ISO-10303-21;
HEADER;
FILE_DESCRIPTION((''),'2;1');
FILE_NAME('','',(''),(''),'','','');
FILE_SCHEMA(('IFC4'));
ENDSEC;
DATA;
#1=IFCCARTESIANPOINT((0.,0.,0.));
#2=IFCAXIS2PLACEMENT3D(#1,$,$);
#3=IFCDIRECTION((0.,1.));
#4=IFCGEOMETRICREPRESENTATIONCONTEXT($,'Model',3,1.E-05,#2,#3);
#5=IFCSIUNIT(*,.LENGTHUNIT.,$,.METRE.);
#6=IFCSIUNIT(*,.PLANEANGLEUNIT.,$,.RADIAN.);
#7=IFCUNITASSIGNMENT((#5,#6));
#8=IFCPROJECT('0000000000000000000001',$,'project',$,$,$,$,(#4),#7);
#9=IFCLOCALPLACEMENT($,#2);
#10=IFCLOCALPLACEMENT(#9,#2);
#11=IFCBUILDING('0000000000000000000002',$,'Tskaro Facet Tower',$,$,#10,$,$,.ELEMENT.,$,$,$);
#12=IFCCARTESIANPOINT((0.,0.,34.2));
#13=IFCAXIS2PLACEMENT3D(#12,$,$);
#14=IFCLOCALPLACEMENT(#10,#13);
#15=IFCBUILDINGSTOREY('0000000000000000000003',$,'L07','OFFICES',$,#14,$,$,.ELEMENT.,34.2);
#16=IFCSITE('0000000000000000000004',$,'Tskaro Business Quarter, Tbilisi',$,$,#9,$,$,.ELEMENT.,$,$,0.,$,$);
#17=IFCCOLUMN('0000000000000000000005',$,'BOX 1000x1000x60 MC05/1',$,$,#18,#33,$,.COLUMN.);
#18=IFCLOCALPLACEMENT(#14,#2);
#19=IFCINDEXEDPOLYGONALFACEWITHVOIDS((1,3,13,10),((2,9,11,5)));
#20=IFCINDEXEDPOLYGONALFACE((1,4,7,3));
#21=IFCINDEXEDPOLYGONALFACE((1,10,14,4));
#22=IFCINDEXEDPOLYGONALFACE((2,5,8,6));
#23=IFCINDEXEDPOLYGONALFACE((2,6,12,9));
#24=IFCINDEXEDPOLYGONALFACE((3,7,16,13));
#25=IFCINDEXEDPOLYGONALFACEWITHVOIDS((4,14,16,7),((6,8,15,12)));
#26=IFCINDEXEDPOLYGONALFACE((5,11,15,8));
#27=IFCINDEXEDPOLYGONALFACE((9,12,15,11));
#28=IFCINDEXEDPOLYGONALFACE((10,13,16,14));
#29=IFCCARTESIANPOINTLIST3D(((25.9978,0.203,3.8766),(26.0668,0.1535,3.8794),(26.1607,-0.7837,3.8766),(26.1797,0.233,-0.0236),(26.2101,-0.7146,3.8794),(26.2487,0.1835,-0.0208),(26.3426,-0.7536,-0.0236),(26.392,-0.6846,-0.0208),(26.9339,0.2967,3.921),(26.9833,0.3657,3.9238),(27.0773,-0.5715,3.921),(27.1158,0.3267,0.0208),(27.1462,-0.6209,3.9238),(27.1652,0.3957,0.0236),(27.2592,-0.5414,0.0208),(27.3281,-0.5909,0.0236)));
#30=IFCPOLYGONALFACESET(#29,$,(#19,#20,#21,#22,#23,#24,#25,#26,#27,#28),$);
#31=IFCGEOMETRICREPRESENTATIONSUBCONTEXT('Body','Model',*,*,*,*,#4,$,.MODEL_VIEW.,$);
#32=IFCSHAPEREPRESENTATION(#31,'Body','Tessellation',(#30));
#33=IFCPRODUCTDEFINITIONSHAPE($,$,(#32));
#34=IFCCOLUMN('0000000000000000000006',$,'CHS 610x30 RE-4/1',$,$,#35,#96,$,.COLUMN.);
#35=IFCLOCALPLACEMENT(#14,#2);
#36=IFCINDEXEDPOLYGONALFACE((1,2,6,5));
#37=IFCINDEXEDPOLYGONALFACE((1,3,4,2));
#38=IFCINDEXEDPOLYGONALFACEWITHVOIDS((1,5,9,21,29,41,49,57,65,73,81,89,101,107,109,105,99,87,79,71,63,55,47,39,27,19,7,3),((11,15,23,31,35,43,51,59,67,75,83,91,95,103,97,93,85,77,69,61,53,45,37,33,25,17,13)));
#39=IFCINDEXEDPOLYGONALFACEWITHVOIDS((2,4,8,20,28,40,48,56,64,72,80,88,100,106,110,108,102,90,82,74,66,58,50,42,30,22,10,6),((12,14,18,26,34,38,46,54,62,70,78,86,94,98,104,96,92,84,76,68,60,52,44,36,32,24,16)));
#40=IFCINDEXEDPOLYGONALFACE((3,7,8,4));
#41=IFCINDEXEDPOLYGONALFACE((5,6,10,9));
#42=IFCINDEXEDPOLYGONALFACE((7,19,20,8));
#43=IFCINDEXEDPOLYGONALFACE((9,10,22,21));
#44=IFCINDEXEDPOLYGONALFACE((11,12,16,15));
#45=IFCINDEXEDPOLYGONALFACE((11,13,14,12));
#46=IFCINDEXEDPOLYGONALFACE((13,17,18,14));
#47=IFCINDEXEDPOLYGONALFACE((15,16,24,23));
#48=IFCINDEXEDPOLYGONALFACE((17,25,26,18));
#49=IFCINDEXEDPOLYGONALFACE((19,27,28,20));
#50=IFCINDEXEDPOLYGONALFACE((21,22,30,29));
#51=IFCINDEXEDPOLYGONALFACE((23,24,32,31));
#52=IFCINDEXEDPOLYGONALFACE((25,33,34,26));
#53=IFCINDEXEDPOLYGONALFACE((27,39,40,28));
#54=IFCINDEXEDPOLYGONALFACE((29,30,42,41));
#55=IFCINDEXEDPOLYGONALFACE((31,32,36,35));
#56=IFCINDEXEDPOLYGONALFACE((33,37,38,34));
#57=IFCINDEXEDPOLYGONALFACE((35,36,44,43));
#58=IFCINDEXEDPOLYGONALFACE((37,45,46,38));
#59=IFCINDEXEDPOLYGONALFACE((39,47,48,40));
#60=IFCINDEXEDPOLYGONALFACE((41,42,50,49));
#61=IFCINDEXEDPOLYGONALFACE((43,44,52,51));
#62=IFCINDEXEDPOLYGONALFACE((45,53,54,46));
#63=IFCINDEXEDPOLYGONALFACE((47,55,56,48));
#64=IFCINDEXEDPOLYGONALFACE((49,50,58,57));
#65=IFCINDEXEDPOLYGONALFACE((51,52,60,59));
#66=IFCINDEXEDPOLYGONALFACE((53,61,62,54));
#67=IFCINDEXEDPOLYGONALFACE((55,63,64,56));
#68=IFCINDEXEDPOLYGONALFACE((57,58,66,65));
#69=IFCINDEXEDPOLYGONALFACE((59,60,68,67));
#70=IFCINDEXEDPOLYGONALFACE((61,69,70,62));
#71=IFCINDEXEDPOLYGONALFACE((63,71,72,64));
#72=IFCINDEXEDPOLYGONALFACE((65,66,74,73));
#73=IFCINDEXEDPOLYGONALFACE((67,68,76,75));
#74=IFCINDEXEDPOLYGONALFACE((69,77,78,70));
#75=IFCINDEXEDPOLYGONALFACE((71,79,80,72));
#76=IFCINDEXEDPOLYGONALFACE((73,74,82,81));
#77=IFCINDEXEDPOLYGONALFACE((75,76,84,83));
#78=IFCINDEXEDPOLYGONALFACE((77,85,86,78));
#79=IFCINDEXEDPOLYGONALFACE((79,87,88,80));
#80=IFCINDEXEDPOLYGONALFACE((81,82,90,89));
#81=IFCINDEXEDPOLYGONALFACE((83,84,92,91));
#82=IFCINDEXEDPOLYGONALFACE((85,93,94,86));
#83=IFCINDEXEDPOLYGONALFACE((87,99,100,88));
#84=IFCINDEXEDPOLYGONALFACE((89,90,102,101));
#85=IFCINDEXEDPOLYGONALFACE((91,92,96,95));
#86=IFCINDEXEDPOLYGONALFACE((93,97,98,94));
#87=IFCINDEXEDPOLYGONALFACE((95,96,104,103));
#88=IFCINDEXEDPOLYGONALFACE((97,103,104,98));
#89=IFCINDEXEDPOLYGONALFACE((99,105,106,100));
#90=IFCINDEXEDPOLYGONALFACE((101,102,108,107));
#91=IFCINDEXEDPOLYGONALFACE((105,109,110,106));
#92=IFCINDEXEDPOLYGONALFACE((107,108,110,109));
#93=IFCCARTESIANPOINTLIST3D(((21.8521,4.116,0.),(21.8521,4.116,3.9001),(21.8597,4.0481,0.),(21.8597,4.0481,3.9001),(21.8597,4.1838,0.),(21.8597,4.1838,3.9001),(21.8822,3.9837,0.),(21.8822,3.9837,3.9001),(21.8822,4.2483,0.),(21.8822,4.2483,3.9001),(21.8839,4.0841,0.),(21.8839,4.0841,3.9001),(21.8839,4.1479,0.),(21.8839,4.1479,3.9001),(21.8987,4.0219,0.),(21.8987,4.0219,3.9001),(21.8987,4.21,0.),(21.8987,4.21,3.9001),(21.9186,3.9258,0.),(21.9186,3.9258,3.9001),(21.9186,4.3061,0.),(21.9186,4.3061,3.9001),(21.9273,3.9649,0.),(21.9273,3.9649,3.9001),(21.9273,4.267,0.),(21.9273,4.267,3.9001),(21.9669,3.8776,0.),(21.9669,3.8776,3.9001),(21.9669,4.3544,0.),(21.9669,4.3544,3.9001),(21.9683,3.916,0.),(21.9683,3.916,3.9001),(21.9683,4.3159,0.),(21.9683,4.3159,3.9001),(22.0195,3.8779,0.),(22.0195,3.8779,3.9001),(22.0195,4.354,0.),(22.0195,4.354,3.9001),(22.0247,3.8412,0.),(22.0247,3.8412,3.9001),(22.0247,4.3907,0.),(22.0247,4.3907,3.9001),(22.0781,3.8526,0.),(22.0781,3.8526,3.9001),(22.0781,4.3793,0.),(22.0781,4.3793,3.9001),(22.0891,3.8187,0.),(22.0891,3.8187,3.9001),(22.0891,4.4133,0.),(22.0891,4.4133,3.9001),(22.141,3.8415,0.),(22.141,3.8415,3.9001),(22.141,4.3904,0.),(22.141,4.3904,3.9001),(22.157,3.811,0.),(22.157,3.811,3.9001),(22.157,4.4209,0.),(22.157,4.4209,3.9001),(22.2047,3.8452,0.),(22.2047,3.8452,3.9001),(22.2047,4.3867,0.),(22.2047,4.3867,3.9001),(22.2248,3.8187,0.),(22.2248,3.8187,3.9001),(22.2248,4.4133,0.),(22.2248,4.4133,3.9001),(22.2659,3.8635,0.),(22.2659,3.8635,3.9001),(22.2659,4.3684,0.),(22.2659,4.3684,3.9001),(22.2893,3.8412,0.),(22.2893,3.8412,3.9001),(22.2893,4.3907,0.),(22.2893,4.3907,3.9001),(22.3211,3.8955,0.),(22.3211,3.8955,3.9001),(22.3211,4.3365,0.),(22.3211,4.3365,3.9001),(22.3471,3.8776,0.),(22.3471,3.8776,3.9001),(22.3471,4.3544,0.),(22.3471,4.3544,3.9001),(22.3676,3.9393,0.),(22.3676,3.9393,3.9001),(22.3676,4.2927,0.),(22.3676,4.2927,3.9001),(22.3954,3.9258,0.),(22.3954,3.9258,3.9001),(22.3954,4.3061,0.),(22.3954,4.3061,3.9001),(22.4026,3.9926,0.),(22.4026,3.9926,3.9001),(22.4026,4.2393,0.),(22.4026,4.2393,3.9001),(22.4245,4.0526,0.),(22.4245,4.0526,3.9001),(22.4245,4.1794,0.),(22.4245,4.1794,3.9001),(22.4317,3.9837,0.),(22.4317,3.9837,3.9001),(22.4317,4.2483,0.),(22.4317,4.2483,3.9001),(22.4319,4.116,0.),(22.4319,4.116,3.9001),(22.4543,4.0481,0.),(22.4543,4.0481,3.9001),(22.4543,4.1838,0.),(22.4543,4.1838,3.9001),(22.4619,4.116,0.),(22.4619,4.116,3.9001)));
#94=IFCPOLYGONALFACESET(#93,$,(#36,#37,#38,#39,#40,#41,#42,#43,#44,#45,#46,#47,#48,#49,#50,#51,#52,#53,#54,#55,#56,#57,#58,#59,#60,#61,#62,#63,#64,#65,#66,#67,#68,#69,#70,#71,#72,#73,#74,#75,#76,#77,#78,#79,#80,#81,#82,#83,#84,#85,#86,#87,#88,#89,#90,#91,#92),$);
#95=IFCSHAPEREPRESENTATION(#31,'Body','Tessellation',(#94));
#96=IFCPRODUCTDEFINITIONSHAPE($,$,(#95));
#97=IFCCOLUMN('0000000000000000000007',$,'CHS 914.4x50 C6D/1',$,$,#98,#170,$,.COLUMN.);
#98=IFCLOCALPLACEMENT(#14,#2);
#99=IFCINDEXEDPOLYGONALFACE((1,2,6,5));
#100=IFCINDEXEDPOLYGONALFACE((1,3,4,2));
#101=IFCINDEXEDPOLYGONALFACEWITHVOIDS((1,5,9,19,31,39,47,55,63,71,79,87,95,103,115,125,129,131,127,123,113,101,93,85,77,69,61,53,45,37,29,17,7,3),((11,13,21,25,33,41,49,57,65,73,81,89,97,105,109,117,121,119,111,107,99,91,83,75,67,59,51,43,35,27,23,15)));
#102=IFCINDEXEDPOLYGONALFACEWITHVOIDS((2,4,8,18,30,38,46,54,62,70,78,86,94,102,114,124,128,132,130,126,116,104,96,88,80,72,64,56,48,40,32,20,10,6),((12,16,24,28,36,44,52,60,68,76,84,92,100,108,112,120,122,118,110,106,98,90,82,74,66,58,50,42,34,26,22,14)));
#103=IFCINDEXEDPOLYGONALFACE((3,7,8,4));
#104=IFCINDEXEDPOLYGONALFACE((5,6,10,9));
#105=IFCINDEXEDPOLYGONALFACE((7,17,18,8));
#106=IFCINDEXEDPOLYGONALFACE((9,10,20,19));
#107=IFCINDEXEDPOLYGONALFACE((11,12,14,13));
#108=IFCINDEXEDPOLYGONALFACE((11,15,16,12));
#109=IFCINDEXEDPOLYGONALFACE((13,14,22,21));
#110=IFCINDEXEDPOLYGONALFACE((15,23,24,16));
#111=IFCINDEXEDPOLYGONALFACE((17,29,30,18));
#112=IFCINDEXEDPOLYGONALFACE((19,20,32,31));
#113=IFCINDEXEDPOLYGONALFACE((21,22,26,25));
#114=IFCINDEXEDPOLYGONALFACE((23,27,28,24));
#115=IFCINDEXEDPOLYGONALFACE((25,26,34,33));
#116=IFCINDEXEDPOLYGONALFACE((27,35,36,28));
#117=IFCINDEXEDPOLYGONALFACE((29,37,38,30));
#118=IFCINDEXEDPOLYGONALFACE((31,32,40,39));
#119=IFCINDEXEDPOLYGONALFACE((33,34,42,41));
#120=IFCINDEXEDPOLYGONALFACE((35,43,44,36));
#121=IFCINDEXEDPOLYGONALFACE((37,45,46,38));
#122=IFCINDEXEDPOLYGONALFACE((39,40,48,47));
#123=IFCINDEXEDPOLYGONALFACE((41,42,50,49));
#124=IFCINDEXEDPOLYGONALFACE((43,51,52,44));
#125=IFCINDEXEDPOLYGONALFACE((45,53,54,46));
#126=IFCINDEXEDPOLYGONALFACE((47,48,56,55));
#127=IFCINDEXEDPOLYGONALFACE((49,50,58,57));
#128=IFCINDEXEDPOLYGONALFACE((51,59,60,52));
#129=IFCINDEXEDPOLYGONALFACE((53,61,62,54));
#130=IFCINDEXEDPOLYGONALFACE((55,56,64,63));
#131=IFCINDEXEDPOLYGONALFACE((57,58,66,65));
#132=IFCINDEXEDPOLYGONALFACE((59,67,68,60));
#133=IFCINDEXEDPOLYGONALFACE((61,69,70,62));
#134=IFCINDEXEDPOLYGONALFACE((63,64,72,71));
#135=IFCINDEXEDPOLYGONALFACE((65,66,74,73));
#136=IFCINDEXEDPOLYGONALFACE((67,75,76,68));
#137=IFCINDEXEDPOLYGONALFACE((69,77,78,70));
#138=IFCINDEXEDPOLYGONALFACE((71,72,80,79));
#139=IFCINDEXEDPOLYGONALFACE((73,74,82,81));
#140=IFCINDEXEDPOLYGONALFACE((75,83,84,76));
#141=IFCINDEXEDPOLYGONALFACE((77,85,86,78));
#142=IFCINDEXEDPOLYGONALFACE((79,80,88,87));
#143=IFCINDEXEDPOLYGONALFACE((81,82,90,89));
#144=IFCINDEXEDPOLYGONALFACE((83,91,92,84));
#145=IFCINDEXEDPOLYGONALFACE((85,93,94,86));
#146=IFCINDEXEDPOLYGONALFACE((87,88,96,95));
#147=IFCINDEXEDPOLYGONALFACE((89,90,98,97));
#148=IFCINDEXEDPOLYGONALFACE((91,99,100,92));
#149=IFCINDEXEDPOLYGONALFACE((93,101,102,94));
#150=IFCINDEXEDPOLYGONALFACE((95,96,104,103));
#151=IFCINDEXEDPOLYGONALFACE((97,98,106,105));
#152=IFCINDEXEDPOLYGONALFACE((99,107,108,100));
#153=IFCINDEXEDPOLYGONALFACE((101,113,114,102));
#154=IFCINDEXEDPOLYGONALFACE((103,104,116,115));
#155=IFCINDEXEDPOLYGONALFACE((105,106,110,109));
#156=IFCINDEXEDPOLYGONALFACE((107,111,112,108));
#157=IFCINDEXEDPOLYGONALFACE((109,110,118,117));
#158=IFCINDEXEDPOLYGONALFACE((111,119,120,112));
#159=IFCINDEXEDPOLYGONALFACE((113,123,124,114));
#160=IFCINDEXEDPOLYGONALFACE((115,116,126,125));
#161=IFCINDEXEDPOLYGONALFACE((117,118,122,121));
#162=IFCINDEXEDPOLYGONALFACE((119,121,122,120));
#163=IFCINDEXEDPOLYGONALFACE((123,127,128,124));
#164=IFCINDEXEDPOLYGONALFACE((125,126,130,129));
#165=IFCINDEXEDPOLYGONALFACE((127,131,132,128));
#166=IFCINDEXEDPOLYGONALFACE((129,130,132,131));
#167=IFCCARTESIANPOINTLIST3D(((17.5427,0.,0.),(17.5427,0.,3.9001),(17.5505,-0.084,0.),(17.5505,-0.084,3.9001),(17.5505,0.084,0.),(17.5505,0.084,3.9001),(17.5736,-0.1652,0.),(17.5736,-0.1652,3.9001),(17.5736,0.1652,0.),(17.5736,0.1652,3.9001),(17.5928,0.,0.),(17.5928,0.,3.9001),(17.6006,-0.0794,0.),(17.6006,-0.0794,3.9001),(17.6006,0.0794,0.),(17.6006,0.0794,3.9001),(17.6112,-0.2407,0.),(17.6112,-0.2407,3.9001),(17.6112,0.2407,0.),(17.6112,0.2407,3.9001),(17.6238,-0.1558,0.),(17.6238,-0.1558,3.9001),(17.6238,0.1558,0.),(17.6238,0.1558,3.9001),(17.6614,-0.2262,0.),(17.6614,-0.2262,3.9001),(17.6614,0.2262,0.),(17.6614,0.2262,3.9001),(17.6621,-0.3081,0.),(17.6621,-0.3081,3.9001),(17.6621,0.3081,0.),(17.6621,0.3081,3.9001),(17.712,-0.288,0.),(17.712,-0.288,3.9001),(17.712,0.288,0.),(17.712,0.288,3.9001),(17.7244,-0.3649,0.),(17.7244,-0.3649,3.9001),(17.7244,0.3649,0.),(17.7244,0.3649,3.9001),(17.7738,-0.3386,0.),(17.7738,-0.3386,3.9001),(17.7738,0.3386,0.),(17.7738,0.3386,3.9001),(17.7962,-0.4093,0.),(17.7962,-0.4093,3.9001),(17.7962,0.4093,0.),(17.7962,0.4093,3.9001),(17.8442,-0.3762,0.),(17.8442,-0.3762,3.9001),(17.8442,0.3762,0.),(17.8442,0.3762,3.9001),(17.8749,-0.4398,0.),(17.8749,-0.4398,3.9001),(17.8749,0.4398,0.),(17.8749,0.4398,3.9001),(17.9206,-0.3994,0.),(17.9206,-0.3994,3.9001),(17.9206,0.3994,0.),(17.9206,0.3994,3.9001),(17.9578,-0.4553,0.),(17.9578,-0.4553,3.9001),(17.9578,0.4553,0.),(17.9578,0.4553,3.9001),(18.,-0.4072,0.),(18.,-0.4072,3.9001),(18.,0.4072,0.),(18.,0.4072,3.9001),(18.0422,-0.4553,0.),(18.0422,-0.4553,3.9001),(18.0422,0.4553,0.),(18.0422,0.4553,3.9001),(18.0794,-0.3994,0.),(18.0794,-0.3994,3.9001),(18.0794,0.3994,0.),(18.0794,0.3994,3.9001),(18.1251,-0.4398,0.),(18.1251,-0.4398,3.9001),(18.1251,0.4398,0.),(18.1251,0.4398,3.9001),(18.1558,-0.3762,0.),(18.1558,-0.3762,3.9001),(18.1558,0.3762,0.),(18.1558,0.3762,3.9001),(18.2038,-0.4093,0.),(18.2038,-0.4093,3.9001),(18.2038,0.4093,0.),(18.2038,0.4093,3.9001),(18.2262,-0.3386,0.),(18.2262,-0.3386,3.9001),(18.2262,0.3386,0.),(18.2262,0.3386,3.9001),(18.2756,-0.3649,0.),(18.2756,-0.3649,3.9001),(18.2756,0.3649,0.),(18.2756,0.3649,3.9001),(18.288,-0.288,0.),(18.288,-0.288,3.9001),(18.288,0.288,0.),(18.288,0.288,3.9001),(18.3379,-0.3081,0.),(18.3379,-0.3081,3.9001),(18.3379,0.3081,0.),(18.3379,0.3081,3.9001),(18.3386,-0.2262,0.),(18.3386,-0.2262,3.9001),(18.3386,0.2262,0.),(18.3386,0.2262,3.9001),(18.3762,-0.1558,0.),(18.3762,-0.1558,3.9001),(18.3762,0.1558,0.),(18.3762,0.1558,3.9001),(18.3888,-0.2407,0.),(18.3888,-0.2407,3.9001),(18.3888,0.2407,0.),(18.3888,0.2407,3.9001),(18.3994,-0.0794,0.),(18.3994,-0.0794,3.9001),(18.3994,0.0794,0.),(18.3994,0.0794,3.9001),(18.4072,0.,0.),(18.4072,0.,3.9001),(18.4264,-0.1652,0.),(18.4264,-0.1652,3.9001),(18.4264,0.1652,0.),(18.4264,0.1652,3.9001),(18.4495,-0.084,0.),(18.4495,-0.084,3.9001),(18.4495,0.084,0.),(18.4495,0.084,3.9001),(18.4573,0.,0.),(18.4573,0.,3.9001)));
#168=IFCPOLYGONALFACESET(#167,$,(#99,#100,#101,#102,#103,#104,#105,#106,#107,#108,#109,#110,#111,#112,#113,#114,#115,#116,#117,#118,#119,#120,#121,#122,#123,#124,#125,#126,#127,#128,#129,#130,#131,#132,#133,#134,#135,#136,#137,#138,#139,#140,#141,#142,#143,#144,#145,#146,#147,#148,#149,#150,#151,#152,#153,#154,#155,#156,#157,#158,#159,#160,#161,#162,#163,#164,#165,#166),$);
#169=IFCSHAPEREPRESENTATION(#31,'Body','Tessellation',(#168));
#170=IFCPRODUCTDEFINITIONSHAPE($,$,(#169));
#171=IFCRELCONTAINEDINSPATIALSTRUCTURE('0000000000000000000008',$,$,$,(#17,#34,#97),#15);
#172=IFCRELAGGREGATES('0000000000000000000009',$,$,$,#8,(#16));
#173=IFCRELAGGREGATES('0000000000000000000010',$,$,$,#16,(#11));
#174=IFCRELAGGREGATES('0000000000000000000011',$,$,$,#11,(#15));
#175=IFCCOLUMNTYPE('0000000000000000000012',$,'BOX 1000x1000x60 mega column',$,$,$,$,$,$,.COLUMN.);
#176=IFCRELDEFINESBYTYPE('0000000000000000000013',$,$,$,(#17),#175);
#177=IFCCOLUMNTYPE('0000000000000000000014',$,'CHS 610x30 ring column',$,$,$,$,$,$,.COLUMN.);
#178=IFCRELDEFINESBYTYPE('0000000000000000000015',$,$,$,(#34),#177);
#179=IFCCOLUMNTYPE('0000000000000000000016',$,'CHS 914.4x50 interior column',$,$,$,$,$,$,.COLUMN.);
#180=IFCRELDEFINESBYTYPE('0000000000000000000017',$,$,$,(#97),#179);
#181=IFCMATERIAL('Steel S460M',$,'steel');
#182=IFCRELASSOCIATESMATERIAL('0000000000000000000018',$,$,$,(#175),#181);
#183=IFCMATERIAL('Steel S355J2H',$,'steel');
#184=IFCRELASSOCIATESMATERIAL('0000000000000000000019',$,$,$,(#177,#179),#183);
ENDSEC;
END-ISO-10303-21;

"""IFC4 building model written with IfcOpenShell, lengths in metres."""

from ifc_helpers import new_model, si_unit, direction, frame, origin, origin_2d, place, context, subcontext, project, spatial, hollow_rectangle, hollow_circle, extrude, material, material_profile, profile_set, type_object, element, save


model = new_model("IFC4")

# Units and contexts
model_context = context("Model", 3, precision=1e-05, world=origin(), true_north=direction((0.0, 1.0)))
body_context = subcontext(model_context, "Body", "Model", "MODEL_VIEW")
ifc_project = project(units=[si_unit("LENGTHUNIT", "METRE"), si_unit("PLANEANGLEUNIT", "RADIAN")], contexts=[model_context])

# Site, building, storey
site_placement = place(None, origin())
site = spatial("IfcSite", under=ifc_project, at=site_placement, Name="Tskaro Business Quarter, Tbilisi", CompositionType="ELEMENT", RefElevation=0.0)
building_placement = place(site_placement, origin())
building = spatial("IfcBuilding", under=site, at=building_placement, Name="Tskaro Facet Tower", CompositionType="ELEMENT")
storey_placement = place(building_placement, frame((0.0, 0.0, 34.2)))
storey = spatial("IfcBuildingStorey", under=building, at=storey_placement, Name="L07", Description="OFFICES", CompositionType="ELEMENT", Elevation=34.2)

# Columns
ifc_material_1 = material(Name="Steel S460M", Category="steel")
ifc_material_profile_1 = material_profile(ifc_material_1, hollow_rectangle(XDim=1.0, YDim=1.0, WallThickness=0.0601, at=origin_2d()), Name="BOX 1000x1000x60")
ifc_profile_set_1 = profile_set([ifc_material_profile_1], Name="Steel S460M")
column_type_1 = type_object("IfcColumnType", Name="BOX 1000x1000x60 mega column", PredefinedType="COLUMN", material=ifc_profile_set_1)
column_1_placement = place(storey_placement, frame((26.7539, -0.179, 0.0), z_axis=(-0.046583, -0.007691, 0.998885), x_axis=(0.162895, -0.986643, 0.0)))
element("IfcColumn", 1, at=column_1_placement, inside=storey, type_object=column_type_1, Name="BOX 1000x1000x60 MC05/1", PredefinedType="COLUMN", context=body_context, shape_type="SweptSolid", body=[
    extrude(hollow_rectangle(XDim=1.0, YDim=1.0, WallThickness=0.0601, at=origin_2d()), origin(), (0.0, 0.0, 1.0), 3.9045),
])
ifc_material_2 = material(Name="Steel S355J2H", Category="steel")
ifc_material_profile_2 = material_profile(ifc_material_2, hollow_circle(Radius=0.3049, WallThickness=0.03, at=origin_2d()), Name="CHS 610x30")
ifc_profile_set_2 = profile_set([ifc_material_profile_2], Name="Steel S355J2H")
column_type_2 = type_object("IfcColumnType", Name="CHS 610x30 ring column", PredefinedType="COLUMN", material=ifc_profile_set_2)
column_2_placement = place(storey_placement, frame((22.157, 4.116, 0.0), z_axis=(0.0, 0.0, 1.0), x_axis=(1.0, 0.0, 0.0)))
element("IfcColumn", 2, at=column_2_placement, inside=storey, type_object=column_type_2, Name="CHS 610x30 RE-4/1", PredefinedType="COLUMN", context=body_context, shape_type="SweptSolid", body=[
    extrude(hollow_circle(Radius=0.3049, WallThickness=0.03, at=origin_2d()), origin(), (0.0, 0.0, 1.0), 3.9001),
])
ifc_material_profile_3 = material_profile(ifc_material_2, hollow_circle(Radius=0.4573, WallThickness=0.05, at=origin_2d()), Name="CHS 914.4x50")
ifc_profile_set_3 = profile_set([ifc_material_profile_3], Name="Steel S355J2H")
column_type_3 = type_object("IfcColumnType", Name="CHS 914.4x50 interior column", PredefinedType="COLUMN", material=ifc_profile_set_3)
for number, where, z_axis, x_axis, name in (
    (3, (18.0, 0.0, 0.0), (0.0, 0.0, 1.0), (1.0, 0.0, 0.0), "CHS 914.4x50 C6D/1"),
):
    element("IfcColumn", number, at=place(storey_placement, frame(where, z_axis=z_axis, x_axis=x_axis)), inside=storey, type_object=column_type_3, Name=name, PredefinedType="COLUMN", context=body_context, shape_type="SweptSolid", body=[
        extrude(hollow_circle(Radius=0.4573, WallThickness=0.05, at=origin_2d()), origin(), (0.0, 0.0, 1.0), 3.9001),
    ])

save(model, "model.ifc")
